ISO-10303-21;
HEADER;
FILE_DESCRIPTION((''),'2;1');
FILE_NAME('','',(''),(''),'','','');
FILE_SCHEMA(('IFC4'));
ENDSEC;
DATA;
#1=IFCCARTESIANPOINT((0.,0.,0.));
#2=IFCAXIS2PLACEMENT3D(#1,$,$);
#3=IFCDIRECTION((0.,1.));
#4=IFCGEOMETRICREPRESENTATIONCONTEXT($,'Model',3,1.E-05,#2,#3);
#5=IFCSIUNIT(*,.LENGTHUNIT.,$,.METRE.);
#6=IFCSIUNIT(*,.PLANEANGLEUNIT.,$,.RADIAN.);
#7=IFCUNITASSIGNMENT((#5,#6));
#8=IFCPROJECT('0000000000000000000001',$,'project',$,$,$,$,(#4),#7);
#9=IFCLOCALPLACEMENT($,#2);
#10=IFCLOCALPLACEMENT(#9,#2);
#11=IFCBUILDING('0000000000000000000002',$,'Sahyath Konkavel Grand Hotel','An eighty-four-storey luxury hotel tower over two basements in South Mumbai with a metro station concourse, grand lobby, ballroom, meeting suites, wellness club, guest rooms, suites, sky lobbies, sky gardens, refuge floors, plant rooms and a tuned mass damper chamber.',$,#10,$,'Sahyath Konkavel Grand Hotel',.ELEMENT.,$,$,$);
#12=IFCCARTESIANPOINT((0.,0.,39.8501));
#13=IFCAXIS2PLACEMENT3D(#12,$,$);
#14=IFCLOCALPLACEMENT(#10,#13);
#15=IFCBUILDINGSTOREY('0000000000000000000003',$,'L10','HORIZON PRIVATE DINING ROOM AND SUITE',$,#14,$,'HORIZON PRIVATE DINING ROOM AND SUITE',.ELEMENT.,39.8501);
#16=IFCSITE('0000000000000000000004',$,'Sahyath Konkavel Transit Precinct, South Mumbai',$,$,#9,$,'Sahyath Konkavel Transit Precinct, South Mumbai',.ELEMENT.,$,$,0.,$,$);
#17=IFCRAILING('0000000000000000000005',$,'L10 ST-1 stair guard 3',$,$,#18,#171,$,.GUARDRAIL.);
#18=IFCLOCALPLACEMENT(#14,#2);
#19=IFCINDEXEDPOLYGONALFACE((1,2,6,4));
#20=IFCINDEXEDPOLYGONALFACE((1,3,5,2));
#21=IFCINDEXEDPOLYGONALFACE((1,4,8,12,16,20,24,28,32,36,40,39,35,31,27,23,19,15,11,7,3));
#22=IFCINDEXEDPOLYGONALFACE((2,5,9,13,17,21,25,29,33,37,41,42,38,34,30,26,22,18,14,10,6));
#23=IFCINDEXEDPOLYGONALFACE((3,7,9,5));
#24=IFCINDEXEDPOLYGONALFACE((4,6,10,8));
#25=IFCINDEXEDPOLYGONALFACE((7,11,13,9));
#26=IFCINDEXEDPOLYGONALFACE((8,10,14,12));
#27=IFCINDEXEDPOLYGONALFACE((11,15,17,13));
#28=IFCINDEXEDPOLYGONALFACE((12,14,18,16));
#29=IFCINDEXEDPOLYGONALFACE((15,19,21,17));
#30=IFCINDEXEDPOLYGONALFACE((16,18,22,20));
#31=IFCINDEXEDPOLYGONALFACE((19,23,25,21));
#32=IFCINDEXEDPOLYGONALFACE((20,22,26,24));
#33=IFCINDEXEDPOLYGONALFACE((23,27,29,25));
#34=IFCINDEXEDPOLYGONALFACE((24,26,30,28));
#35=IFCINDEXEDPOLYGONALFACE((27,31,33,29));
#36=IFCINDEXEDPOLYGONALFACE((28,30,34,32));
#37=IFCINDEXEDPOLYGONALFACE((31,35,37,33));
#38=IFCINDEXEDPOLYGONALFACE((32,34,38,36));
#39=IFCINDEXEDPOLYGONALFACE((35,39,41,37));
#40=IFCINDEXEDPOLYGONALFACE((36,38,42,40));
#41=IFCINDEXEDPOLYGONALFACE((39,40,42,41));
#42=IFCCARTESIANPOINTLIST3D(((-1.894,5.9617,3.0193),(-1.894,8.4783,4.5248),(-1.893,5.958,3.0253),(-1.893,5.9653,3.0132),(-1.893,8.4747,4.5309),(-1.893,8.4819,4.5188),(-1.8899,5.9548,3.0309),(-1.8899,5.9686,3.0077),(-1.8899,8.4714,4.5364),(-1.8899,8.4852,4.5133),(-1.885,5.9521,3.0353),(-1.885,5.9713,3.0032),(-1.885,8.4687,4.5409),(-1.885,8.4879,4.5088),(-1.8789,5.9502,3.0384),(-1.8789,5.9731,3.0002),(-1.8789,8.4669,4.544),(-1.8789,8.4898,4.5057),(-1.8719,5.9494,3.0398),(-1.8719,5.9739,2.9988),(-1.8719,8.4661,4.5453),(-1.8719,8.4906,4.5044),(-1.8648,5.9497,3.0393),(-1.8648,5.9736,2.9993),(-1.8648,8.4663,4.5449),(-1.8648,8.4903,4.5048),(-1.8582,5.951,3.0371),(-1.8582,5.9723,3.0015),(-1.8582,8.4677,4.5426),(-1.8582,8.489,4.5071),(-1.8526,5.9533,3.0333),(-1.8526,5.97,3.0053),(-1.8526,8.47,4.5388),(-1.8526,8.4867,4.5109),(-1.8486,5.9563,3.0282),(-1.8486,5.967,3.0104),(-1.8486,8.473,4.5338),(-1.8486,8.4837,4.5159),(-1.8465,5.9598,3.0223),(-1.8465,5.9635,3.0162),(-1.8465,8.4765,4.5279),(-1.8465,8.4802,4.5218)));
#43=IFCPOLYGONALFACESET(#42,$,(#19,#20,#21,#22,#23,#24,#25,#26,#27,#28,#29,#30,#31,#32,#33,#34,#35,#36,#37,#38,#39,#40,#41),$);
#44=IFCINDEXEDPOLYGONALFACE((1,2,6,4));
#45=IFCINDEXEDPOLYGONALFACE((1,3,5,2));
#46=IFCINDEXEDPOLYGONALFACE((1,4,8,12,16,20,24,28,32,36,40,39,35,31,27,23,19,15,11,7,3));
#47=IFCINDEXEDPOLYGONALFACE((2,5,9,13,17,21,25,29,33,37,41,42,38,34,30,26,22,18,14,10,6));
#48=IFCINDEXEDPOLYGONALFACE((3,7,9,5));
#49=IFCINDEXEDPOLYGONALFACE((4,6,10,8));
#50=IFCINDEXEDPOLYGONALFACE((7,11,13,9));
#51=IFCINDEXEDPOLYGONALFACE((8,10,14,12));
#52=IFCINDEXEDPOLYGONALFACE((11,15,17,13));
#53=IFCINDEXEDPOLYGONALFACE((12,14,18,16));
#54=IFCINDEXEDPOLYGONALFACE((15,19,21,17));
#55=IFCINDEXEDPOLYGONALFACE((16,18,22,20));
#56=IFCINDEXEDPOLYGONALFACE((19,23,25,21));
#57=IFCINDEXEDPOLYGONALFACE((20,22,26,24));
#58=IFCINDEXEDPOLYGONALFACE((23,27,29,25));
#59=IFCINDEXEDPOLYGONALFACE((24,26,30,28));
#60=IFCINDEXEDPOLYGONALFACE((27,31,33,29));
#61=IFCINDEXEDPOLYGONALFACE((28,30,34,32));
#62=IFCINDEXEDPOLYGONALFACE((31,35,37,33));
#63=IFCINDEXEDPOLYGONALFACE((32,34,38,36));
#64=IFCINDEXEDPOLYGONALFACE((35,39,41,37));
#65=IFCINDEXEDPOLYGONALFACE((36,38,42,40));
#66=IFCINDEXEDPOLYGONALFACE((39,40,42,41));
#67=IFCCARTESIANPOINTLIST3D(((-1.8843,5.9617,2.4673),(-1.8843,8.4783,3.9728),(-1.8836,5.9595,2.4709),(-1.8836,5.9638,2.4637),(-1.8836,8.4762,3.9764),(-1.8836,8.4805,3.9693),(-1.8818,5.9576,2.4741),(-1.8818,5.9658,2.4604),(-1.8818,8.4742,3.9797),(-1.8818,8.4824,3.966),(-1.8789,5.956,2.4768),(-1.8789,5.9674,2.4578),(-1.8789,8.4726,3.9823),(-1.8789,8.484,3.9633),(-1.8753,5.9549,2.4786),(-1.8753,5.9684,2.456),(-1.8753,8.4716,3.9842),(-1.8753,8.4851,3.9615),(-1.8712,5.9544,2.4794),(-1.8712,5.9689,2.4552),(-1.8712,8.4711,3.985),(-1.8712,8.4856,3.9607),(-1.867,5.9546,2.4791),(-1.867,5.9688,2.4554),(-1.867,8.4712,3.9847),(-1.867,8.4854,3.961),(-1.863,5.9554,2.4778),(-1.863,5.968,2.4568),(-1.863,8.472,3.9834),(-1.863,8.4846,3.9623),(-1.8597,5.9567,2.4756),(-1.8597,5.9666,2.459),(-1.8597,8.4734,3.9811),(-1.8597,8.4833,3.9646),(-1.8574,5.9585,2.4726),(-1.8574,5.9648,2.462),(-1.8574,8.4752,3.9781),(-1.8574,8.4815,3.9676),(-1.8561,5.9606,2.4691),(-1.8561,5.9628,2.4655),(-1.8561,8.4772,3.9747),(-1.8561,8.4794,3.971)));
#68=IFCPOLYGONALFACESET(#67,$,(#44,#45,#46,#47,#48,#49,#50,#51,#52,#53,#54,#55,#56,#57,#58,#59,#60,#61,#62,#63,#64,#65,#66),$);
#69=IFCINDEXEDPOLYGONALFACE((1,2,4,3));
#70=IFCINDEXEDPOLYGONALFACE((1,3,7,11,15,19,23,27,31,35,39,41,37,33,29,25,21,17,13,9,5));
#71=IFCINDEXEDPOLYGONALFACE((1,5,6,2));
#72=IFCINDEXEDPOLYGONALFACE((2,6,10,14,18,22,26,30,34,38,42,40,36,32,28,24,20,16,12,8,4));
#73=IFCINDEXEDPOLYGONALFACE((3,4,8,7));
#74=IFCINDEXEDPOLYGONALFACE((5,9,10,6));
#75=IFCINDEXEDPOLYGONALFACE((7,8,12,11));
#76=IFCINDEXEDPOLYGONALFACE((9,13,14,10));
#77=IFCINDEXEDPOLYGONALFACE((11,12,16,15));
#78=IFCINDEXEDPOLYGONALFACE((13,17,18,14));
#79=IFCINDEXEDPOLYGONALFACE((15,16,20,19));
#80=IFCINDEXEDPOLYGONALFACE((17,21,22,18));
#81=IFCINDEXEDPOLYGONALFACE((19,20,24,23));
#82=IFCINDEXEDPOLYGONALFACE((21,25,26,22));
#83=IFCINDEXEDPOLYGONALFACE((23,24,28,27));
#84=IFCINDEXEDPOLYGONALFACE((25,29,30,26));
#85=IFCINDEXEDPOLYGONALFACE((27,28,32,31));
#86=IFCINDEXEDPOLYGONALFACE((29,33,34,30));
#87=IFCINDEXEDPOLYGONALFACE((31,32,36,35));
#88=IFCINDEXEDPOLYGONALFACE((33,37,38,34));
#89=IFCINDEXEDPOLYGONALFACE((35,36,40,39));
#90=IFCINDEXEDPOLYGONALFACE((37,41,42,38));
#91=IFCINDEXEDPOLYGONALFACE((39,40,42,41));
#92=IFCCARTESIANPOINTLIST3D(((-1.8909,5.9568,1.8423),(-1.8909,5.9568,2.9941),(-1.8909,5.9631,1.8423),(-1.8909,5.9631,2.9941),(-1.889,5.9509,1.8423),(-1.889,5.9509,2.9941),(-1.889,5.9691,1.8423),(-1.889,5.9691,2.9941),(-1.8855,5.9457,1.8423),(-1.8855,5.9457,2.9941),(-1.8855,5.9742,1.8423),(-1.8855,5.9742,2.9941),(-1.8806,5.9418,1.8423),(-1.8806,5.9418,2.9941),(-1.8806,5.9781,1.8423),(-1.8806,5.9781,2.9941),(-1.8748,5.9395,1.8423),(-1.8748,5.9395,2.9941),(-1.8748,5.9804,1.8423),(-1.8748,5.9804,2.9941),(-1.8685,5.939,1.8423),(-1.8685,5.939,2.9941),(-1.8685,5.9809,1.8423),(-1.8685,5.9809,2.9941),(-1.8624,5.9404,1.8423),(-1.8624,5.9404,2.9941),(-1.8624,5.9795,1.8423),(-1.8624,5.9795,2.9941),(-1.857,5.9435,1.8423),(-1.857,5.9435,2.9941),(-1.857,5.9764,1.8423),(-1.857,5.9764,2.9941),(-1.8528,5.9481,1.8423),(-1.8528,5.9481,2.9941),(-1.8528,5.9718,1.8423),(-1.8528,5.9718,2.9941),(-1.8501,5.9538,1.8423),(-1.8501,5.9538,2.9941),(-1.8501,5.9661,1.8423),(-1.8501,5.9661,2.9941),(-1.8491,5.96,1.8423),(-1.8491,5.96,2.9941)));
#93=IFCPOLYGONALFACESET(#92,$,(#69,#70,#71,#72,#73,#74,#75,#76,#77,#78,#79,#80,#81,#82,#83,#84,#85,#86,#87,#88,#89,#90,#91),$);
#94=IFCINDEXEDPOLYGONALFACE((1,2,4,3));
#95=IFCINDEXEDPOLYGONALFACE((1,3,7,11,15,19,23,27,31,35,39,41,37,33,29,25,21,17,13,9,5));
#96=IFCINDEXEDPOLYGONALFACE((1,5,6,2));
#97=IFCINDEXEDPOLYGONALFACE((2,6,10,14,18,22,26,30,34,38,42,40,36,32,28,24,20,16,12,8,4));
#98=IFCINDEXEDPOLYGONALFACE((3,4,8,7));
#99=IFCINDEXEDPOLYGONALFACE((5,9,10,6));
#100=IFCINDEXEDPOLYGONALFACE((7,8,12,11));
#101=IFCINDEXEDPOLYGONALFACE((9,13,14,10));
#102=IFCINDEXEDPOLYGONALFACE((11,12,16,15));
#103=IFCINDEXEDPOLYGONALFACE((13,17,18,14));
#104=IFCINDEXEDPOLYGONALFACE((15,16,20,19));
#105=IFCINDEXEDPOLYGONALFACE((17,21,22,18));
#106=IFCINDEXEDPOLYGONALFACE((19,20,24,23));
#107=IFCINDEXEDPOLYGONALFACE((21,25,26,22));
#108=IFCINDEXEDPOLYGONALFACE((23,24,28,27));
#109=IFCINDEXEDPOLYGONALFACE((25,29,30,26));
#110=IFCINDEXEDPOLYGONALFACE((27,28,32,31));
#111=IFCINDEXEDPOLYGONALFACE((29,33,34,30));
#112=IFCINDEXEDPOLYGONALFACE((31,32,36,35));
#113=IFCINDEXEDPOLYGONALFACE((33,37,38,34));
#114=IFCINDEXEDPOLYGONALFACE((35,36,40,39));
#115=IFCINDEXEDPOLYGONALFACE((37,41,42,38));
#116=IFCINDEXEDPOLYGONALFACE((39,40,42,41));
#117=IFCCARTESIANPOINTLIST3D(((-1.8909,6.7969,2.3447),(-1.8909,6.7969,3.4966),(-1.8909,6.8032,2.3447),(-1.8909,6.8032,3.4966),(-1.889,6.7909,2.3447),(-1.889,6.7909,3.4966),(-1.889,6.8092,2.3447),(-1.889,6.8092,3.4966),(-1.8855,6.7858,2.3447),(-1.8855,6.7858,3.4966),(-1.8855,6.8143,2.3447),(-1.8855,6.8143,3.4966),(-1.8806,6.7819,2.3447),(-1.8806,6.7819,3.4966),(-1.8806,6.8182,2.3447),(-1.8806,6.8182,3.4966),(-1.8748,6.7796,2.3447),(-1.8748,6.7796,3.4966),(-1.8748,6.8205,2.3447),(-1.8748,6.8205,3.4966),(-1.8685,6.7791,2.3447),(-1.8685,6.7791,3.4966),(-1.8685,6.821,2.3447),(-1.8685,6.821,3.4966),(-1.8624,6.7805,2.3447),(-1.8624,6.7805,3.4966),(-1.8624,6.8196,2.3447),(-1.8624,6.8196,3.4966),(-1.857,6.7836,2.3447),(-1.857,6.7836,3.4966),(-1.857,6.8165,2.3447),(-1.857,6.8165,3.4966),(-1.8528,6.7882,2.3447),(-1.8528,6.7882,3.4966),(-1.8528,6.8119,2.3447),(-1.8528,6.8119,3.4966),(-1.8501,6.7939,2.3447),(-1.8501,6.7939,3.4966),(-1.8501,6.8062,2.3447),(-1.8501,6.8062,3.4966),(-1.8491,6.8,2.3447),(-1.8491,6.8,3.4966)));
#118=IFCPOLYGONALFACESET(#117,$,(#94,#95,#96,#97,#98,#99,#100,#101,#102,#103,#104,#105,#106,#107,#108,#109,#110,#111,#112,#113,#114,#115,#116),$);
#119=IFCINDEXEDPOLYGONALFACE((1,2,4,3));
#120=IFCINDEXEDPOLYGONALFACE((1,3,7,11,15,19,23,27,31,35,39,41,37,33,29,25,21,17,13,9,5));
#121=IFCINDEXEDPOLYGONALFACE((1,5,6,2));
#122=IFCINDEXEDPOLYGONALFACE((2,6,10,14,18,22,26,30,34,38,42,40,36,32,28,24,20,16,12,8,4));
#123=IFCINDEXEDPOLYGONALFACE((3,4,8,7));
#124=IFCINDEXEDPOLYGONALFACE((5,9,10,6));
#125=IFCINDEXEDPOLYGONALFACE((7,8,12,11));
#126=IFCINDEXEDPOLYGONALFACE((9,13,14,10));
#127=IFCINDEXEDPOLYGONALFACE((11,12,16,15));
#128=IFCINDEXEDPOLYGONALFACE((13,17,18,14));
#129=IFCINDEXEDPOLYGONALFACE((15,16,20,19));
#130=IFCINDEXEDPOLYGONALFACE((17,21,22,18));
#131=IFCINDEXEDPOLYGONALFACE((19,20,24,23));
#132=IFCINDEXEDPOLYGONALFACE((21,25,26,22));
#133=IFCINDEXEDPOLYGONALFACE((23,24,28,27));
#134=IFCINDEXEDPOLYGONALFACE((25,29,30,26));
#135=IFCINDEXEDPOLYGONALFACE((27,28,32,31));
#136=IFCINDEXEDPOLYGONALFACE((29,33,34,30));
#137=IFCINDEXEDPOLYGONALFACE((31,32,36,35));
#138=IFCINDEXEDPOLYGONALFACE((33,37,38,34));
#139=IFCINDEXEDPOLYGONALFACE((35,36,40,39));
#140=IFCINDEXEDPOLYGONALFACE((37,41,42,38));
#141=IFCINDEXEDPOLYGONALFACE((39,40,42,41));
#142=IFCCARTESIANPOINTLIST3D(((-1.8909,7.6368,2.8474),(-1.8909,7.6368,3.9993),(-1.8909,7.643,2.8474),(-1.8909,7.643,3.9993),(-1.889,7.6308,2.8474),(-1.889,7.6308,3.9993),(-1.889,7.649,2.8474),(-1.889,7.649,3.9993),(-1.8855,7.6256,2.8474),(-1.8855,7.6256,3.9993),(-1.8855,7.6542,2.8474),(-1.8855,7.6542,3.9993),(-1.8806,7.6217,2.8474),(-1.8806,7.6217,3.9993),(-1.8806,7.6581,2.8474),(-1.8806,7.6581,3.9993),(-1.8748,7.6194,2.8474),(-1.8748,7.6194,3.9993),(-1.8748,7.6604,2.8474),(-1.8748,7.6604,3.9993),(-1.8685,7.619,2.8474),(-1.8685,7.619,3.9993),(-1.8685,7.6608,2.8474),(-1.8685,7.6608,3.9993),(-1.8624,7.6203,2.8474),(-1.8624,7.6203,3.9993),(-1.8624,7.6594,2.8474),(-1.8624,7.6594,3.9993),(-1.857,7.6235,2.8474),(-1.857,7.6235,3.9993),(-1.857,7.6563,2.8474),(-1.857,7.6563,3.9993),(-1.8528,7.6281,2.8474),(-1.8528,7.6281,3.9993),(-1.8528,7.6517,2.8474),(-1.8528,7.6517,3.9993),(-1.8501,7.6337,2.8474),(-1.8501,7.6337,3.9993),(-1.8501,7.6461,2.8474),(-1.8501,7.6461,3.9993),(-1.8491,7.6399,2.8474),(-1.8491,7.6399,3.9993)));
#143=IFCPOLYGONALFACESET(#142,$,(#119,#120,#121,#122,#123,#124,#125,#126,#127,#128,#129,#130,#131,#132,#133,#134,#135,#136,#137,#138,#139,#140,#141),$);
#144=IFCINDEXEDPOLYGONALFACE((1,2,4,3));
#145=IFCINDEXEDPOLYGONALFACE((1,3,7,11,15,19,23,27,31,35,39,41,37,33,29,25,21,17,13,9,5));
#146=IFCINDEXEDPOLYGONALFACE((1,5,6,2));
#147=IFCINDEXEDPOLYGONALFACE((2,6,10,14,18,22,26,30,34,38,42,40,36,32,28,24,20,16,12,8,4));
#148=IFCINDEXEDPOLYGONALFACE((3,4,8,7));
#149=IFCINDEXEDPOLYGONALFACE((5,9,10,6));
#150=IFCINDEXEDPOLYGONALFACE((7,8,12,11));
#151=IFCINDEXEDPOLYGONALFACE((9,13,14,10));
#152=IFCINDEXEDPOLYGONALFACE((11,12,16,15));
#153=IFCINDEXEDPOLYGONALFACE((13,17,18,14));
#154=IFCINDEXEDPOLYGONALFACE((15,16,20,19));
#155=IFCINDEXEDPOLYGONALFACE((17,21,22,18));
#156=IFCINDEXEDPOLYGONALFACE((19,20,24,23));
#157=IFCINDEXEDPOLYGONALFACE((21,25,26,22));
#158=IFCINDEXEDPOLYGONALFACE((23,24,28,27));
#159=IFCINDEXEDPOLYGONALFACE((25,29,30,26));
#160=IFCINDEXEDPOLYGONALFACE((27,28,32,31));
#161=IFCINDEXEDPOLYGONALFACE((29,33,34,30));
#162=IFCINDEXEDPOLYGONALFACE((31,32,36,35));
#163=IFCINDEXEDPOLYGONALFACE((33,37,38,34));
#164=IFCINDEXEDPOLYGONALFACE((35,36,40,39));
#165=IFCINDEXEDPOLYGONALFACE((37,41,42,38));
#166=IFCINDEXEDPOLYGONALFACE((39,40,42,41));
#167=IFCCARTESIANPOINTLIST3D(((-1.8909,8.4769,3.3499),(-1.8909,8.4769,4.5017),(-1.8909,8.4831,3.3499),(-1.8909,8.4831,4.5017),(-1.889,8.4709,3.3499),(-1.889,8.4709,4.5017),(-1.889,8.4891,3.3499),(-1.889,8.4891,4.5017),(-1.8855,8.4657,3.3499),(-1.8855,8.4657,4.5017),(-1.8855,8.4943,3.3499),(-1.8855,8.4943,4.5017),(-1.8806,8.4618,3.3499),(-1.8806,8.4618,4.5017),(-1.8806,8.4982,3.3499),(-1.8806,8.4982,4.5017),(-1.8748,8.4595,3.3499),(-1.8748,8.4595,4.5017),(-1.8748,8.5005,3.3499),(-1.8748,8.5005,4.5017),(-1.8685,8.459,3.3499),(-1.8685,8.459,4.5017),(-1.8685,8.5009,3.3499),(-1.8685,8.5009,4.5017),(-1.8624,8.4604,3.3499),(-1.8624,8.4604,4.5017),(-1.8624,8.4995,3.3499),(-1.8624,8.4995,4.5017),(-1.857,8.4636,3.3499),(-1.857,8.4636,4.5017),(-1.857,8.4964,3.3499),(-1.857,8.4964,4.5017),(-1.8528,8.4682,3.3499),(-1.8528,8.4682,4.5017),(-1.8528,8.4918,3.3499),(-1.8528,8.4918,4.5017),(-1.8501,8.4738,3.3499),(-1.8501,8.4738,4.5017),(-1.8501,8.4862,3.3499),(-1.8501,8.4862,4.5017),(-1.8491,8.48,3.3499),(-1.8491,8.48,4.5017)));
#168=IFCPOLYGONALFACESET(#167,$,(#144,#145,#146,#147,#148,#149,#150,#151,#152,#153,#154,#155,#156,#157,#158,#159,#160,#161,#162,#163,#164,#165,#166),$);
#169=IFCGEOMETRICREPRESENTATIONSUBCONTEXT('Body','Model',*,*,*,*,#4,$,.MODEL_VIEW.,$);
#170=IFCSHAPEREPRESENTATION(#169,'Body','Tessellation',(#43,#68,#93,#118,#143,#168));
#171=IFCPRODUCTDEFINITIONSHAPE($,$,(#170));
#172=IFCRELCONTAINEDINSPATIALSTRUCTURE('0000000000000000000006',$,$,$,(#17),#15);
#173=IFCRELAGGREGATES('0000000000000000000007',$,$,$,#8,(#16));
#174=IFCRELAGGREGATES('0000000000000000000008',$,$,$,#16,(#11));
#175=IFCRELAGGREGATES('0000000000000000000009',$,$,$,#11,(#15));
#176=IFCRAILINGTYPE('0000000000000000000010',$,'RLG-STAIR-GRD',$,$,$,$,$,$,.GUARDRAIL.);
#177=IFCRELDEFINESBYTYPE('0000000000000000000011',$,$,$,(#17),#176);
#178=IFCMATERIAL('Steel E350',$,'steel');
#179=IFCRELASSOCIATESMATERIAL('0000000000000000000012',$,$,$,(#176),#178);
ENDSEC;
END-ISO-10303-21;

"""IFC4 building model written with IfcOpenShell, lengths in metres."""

from ifc_helpers import new_model, si_unit, direction, frame, origin, origin_2d, place, context, subcontext, project, spatial, circle, extrude, material, type_object, element, save


model = new_model("IFC4")

# Units and contexts
model_context = context("Model", 3, precision=1e-05, world=origin(), true_north=direction((0.0, 1.0)))
body_context = subcontext(model_context, "Body", "Model", "MODEL_VIEW")
ifc_project = project(units=[si_unit("LENGTHUNIT", "METRE"), si_unit("PLANEANGLEUNIT", "RADIAN")], contexts=[model_context])

# Site, building, storey
site_placement = place(None, origin())
site = spatial("IfcSite", under=ifc_project, at=site_placement, Name="Sahyath Konkavel Transit Precinct, South Mumbai", LongName="Sahyath Konkavel Transit Precinct, South Mumbai", CompositionType="ELEMENT", RefElevation=0.0)
building_placement = place(site_placement, origin())
building = spatial("IfcBuilding", under=site, at=building_placement, Name="Sahyath Konkavel Grand Hotel", Description="An eighty-four-storey luxury hotel tower over two basements in South Mumbai with a metro station concourse, grand lobby, ballroom, meeting suites, wellness club, guest rooms, suites, sky lobbies, sky gardens, refuge floors, plant rooms and a tuned mass damper chamber.", LongName="Sahyath Konkavel Grand Hotel", CompositionType="ELEMENT")
storey_placement = place(building_placement, frame((0.0, 0.0, 39.8501)))
storey = spatial("IfcBuildingStorey", under=building, at=storey_placement, Name="L10", Description="HORIZON PRIVATE DINING ROOM AND SUITE", LongName="HORIZON PRIVATE DINING ROOM AND SUITE", CompositionType="ELEMENT", Elevation=39.8501)

# Shared definitions
ifc_material_1 = material(Name="Steel E350", Category="steel")

# Railing
railing_type_1 = type_object("IfcRailingType", Name="RLG-STAIR-GRD", PredefinedType="GUARDRAIL", material=ifc_material_1)
railing_1_placement = place(storey_placement, frame((-1.8701, 5.96, 1.8423)))
element("IfcRailing", 1, at=railing_1_placement, inside=storey, type_object=railing_type_1, Name="L10 ST-1 stair guard 3", PredefinedType="GUARDRAIL", context=body_context, shape_type="SweptSolid", body=[
    extrude(circle(Radius=0.0239, at=origin_2d()), frame((0.0, 0.0017, 1.177), z_axis=(0.0, 0.85816, 0.513383), x_axis=(-1.0, 0.0, 0.0)), (0.0, 0.0, 1.0), 2.9326),
    extrude(circle(Radius=0.0142, at=origin_2d()), frame((0.0, 0.0017, 0.625), z_axis=(0.0, 0.85816, 0.513383), x_axis=(-1.0, 0.0, 0.0)), (0.0, 0.0, 1.0), 2.9326),
    extrude(circle(Radius=0.021, at=origin_2d()), origin(), (0.0, 0.0, 1.0), 1.1519),
    extrude(circle(Radius=0.021, at=origin_2d()), frame((0.0, 0.8401, 0.5024)), (0.0, 0.0, 1.0), 1.1519),
    extrude(circle(Radius=0.021, at=origin_2d()), frame((0.0, 1.6799, 1.0051)), (0.0, 0.0, 1.0), 1.1519),
    extrude(circle(Radius=0.021, at=origin_2d()), frame((0.0, 2.52, 1.5076)), (0.0, 0.0, 1.0), 1.1519),
])

save(model, "model.ifc")
